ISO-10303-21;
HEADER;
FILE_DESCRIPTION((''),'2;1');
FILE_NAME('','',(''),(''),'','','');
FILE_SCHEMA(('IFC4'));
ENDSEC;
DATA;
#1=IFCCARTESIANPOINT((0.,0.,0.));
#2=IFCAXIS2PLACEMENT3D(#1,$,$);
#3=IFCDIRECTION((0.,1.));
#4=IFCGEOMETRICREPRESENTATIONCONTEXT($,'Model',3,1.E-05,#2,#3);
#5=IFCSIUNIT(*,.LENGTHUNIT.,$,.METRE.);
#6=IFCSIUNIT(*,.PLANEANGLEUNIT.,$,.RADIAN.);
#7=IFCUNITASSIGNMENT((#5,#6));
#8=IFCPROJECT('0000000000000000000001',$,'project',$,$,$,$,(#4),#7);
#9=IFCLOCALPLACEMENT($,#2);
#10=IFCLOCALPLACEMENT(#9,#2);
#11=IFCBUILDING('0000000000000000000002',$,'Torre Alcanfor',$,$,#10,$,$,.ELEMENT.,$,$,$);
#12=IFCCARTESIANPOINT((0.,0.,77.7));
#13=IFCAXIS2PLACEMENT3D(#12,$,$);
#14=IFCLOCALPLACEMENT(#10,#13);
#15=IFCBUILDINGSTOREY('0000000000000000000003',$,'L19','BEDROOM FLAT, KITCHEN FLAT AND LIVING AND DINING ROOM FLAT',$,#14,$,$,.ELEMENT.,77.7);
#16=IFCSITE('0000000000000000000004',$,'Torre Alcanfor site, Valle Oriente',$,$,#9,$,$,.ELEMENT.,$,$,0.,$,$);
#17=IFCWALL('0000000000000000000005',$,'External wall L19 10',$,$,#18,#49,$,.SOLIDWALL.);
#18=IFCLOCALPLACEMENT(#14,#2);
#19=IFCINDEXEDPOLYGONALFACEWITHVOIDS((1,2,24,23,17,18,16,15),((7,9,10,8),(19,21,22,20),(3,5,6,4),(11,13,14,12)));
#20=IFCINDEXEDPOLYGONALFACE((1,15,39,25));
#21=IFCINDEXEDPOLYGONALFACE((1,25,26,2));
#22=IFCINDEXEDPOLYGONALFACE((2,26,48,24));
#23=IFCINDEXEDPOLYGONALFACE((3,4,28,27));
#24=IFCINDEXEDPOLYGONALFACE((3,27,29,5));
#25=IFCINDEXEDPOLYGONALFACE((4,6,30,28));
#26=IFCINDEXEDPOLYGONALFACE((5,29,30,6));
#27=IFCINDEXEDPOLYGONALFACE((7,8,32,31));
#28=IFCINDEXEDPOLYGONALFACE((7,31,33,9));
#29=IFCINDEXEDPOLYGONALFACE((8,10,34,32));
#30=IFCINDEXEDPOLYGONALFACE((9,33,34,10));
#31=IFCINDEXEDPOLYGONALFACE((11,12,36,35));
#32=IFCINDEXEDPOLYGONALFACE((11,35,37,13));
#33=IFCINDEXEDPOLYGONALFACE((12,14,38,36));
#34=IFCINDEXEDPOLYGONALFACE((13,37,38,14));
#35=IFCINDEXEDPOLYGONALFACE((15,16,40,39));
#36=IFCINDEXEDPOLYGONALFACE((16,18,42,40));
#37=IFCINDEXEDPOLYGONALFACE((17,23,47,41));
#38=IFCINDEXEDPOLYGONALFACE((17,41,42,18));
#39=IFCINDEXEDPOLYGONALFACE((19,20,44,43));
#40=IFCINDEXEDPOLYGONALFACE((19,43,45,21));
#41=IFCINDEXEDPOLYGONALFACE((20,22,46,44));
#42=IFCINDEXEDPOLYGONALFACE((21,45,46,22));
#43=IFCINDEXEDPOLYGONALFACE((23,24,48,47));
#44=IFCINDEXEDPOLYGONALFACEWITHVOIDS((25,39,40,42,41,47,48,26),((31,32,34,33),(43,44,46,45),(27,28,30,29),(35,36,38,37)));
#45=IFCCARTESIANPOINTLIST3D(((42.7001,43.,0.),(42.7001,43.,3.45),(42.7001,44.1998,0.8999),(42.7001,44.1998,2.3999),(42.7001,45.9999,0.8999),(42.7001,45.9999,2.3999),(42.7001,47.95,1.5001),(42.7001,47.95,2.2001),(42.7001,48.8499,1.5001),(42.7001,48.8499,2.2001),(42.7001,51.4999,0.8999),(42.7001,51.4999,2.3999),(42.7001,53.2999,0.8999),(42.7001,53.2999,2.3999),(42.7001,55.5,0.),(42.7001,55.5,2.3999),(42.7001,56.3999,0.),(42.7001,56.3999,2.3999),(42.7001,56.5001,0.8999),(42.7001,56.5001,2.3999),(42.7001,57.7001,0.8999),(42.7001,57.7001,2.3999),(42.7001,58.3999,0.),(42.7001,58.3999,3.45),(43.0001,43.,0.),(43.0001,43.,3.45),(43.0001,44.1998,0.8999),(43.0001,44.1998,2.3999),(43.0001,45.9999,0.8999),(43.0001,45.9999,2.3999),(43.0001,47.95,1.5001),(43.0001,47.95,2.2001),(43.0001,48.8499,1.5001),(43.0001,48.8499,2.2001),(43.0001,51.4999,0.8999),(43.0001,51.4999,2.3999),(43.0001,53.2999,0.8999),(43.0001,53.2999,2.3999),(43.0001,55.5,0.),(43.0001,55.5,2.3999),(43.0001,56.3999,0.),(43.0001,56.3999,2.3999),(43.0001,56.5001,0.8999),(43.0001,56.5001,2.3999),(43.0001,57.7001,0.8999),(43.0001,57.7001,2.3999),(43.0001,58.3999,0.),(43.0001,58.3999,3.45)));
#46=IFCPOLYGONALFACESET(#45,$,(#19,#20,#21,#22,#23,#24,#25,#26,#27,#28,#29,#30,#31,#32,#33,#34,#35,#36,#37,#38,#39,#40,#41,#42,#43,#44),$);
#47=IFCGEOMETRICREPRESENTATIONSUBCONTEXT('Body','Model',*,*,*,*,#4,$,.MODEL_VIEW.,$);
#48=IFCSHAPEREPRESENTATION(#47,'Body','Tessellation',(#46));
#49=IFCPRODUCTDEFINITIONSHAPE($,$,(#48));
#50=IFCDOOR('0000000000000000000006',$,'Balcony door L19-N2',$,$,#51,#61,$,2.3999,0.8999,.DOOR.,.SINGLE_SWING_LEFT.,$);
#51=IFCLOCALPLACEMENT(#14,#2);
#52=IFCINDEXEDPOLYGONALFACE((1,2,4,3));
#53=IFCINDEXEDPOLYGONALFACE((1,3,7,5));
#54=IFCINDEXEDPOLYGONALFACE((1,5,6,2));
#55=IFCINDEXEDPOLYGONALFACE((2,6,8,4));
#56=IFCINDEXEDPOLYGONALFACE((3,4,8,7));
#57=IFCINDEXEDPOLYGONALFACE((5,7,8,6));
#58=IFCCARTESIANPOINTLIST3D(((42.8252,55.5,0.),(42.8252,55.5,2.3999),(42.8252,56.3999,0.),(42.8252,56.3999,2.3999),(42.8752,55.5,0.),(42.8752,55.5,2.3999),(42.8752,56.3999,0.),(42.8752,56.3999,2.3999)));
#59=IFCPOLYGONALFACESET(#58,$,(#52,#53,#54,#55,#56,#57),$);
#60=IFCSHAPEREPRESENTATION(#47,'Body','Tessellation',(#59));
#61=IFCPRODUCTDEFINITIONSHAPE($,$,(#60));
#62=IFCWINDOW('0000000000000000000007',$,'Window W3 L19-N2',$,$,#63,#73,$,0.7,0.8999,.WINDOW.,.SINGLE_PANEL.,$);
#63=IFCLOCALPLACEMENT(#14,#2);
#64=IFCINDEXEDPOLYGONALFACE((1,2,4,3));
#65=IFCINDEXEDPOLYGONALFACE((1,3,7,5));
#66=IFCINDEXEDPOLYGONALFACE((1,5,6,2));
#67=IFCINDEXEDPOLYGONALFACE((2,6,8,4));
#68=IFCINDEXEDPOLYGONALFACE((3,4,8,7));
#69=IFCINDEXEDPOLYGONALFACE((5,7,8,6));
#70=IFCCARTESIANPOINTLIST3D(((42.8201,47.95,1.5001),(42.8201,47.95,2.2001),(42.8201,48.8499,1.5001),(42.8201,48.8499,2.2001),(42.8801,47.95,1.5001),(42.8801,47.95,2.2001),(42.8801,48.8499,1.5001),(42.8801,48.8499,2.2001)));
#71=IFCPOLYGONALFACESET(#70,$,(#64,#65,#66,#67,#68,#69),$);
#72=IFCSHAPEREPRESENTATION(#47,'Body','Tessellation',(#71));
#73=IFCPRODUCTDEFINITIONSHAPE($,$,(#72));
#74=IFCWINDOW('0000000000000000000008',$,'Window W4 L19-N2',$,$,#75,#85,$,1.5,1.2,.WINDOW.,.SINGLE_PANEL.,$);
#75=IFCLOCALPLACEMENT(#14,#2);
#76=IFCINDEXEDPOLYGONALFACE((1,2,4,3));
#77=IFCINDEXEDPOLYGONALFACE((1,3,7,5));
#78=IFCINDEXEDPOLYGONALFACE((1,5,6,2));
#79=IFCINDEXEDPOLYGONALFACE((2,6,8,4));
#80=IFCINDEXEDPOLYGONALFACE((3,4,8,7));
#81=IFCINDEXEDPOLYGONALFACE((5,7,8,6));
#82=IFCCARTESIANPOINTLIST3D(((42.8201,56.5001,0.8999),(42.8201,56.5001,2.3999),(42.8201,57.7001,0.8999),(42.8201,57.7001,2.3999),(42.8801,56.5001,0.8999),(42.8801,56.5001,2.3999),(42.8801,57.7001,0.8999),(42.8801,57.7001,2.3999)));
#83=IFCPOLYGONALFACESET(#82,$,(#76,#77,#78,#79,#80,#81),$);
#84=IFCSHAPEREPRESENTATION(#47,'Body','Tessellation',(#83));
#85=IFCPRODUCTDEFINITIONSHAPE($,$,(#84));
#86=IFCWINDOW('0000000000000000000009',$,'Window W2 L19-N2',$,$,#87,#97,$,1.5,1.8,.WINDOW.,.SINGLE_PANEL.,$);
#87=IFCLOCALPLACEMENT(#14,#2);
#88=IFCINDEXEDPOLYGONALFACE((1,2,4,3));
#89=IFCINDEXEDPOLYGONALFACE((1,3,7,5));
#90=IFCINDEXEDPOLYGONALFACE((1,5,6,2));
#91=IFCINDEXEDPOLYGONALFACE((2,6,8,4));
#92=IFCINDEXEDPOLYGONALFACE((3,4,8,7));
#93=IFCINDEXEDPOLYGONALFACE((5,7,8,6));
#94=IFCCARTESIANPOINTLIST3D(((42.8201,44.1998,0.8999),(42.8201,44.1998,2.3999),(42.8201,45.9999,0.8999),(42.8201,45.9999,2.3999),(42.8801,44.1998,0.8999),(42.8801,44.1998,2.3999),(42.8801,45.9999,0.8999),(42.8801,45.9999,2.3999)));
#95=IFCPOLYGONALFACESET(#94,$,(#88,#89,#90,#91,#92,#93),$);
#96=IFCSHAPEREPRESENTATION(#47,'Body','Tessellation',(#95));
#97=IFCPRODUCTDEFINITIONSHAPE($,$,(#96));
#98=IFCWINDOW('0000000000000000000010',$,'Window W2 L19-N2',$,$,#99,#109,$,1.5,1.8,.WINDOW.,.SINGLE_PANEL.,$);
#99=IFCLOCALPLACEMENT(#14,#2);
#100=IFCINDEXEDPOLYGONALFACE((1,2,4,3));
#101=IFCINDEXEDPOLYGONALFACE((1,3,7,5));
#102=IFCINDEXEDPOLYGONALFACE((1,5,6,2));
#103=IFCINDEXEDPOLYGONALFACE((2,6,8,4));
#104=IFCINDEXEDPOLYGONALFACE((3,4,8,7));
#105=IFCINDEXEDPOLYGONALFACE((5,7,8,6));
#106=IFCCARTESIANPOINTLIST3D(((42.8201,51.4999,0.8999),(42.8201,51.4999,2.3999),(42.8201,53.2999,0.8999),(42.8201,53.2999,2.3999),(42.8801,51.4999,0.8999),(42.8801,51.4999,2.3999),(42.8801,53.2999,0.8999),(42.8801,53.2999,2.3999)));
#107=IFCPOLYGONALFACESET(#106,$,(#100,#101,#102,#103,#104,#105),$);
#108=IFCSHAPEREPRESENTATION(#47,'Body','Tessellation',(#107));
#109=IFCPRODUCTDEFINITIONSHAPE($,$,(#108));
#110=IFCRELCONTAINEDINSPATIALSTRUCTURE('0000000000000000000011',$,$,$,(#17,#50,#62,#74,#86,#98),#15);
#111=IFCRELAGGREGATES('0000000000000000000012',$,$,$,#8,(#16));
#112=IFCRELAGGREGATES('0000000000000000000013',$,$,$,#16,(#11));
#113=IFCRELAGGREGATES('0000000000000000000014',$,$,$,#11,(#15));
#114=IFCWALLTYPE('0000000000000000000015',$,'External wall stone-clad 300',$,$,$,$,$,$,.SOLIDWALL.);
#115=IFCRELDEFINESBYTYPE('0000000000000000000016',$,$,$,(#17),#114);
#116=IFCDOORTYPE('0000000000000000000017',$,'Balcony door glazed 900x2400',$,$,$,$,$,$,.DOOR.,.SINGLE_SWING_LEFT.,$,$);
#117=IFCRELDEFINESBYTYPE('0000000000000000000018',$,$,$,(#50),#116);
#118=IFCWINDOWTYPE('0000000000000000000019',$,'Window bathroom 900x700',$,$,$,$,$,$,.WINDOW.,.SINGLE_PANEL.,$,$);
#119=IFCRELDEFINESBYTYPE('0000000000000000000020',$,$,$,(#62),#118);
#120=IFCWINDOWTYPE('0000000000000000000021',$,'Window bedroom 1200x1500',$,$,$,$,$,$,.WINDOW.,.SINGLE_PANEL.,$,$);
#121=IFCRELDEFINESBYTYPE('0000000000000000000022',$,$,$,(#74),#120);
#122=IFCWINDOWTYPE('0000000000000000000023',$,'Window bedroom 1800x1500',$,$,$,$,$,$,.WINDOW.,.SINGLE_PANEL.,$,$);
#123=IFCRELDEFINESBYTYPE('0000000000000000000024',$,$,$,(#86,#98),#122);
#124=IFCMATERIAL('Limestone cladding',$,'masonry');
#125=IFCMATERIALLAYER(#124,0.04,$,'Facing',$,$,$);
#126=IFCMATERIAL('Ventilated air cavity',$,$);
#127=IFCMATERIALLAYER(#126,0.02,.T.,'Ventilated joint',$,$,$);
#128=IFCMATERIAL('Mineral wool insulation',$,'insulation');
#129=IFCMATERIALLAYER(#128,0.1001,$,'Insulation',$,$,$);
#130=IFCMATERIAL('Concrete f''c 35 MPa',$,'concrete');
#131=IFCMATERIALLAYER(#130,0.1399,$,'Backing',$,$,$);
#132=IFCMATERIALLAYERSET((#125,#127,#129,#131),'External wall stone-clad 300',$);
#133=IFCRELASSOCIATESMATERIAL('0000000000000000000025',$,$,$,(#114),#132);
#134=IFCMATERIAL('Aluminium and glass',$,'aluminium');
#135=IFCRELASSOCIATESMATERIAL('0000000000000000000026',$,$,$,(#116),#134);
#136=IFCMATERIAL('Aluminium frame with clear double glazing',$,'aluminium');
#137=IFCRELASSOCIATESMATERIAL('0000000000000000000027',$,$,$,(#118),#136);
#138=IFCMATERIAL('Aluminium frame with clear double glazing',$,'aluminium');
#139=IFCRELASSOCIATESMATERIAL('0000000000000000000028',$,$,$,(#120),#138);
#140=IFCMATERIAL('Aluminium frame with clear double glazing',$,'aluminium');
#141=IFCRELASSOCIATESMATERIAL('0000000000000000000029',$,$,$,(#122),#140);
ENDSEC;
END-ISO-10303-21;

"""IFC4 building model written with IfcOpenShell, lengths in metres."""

from ifc_helpers import new_model, si_unit, direction, frame, frame_2d, origin, place, context, subcontext, project, spatial, rectangle, extrude, material, layer, layer_set, type_object, element, fill, save


model = new_model("IFC4")

# Units and contexts
model_context = context("Model", 3, precision=1e-05, world=origin(), true_north=direction((0.0, 1.0)))
body_context = subcontext(model_context, "Body", "Model", "MODEL_VIEW")
ifc_project = project(units=[si_unit("LENGTHUNIT", "METRE"), si_unit("PLANEANGLEUNIT", "RADIAN")], contexts=[model_context])

# Site, building, storey
site_placement = place(None, origin())
site = spatial("IfcSite", under=ifc_project, at=site_placement, Name="Torre Alcanfor site, Valle Oriente", CompositionType="ELEMENT", RefElevation=0.0)
building_placement = place(site_placement, origin())
building = spatial("IfcBuilding", under=site, at=building_placement, Name="Torre Alcanfor", CompositionType="ELEMENT")
storey_placement = place(building_placement, frame((0.0, 0.0, 77.7)))
storey = spatial("IfcBuildingStorey", under=building, at=storey_placement, Name="L19", Description="BEDROOM FLAT, KITCHEN FLAT AND LIVING AND DINING ROOM FLAT", CompositionType="ELEMENT", Elevation=77.7)

# Wall, openings, door, windows
ifc_material_1 = material(Name="Limestone cladding", Category="masonry")
ifc_layer_1 = layer(ifc_material_1, 0.04, Name="Facing")
ifc_material_2 = material(Name="Ventilated air cavity")
ifc_layer_2 = layer(ifc_material_2, 0.02, ventilated=True, Name="Ventilated joint")
ifc_material_3 = material(Name="Mineral wool insulation", Category="insulation")
ifc_layer_3 = layer(ifc_material_3, 0.1001, Name="Insulation")
ifc_material_4 = material(Name="Concrete f'c 35 MPa", Category="concrete")
ifc_layer_4 = layer(ifc_material_4, 0.1399, Name="Backing")
ifc_layer_set_1 = layer_set([ifc_layer_1, ifc_layer_2, ifc_layer_3, ifc_layer_4], Name="External wall stone-clad 300")
wall_type_1 = type_object("IfcWallType", Name="External wall stone-clad 300", PredefinedType="SOLIDWALL", material=ifc_layer_set_1)
ifc_material_5 = material(Name="Aluminium and glass", Category="aluminium")
door_type = type_object("IfcDoorType", Name="Balcony door glazed 900x2400", OperationType="SINGLE_SWING_LEFT", PredefinedType="DOOR", material=ifc_material_5)
ifc_material_6 = material(Name="Aluminium frame with clear double glazing", Category="aluminium")
window_type_1 = type_object("IfcWindowType", Name="Window bathroom 900x700", PartitioningType="SINGLE_PANEL", PredefinedType="WINDOW", material=ifc_material_6)
ifc_material_7 = material(Name="Aluminium frame with clear double glazing", Category="aluminium")
window_type_2 = type_object("IfcWindowType", Name="Window bedroom 1200x1500", PartitioningType="SINGLE_PANEL", PredefinedType="WINDOW", material=ifc_material_7)
ifc_material_8 = material(Name="Aluminium frame with clear double glazing", Category="aluminium")
window_type_3 = type_object("IfcWindowType", Name="Window bedroom 1800x1500", PartitioningType="SINGLE_PANEL", PredefinedType="WINDOW", material=ifc_material_8)
wall_1_placement = place(storey_placement, frame((42.8501, 43.0, 0.0), z_axis=(0.0, 0.0, 1.0), x_axis=(0.0, 1.0, 0.0)))
wall_1 = element("IfcWall", 1, at=wall_1_placement, inside=storey, type_object=wall_type_1, Name="External wall L19 10", PredefinedType="SOLIDWALL", context=body_context, shape_type="SweptSolid", body=[
    extrude(rectangle(XDim=15.3999, YDim=0.3, at=frame_2d((7.7, 0.0))), origin(), (0.0, 0.0, 1.0), 3.45),
])
opening_1_placement = place(wall_1_placement, frame((1.2, 0.0, 0.8999)))
opening_1 = element("IfcOpeningElement", 2, at=opening_1_placement, cuts=wall_1, PredefinedType="OPENING", context=body_context, shape_type="SweptSolid", body=[
    extrude(rectangle(XDim=1.8, YDim=1.5, at=frame_2d((0.8999, 0.75))), frame((0.0, 0.1599, 0.0), z_axis=(0.0, -1.0, 0.0), x_axis=(1.0, 0.0, 0.0)), (0.0, 0.0, 1.0), 0.3201),
])
opening_2_placement = place(wall_1_placement, frame((4.95, 0.0, 1.5)))
opening_2 = element("IfcOpeningElement", 3, at=opening_2_placement, cuts=wall_1, PredefinedType="OPENING", context=body_context, shape_type="SweptSolid", body=[
    extrude(rectangle(XDim=0.8999, YDim=0.7, at=frame_2d((0.45, 0.3501))), frame((0.0, 0.1599, 0.0), z_axis=(0.0, -1.0, 0.0), x_axis=(1.0, 0.0, 0.0)), (0.0, 0.0, 1.0), 0.3201),
])
opening_3_placement = place(wall_1_placement, frame((8.5, 0.0, 0.8999)))
opening_3 = element("IfcOpeningElement", 4, at=opening_3_placement, cuts=wall_1, PredefinedType="OPENING", context=body_context, shape_type="SweptSolid", body=[
    extrude(rectangle(XDim=1.8, YDim=1.5, at=frame_2d((0.8999, 0.75))), frame((0.0, 0.1599, 0.0), z_axis=(0.0, -1.0, 0.0), x_axis=(1.0, 0.0, 0.0)), (0.0, 0.0, 1.0), 0.3201),
])
opening_4_placement = place(wall_1_placement, frame((12.5, 0.0, 0.0)))
opening_4 = element("IfcOpeningElement", 5, at=opening_4_placement, cuts=wall_1, PredefinedType="OPENING", context=body_context, shape_type="SweptSolid", body=[
    extrude(rectangle(XDim=0.8999, YDim=2.3999, at=frame_2d((0.45, 1.2))), frame((0.0, 0.1599, 0.0), z_axis=(0.0, -1.0, 0.0), x_axis=(1.0, 0.0, 0.0)), (0.0, 0.0, 1.0), 0.3201),
])
opening_5_placement = place(wall_1_placement, frame((13.5, 0.0, 0.8999)))
opening_5 = element("IfcOpeningElement", 6, at=opening_5_placement, cuts=wall_1, PredefinedType="OPENING", context=body_context, shape_type="SweptSolid", body=[
    extrude(rectangle(XDim=1.2, YDim=1.5, at=frame_2d((0.6001, 0.75))), frame((0.0, 0.1599, 0.0), z_axis=(0.0, -1.0, 0.0), x_axis=(1.0, 0.0, 0.0)), (0.0, 0.0, 1.0), 0.3201),
])
door_1_placement = place(opening_4_placement, origin())
door_1 = element("IfcDoor", 7, at=door_1_placement, inside=storey, type_object=door_type, Name="Balcony door L19-N2", OperationType="SINGLE_SWING_LEFT", OverallHeight=2.3999, OverallWidth=0.8999, PredefinedType="DOOR", context=body_context, shape_type="SweptSolid", body=[
    extrude(rectangle(XDim=0.8999, YDim=2.3999, at=frame_2d((0.45, 1.2))), frame((0.0, 0.0249, 0.0), z_axis=(0.0, -1.0, 0.0), x_axis=(1.0, 0.0, 0.0)), (0.0, 0.0, 1.0), 0.05),
])
fill(opening_4, door_1)
window_1_placement = place(opening_2_placement, origin())
window_1 = element("IfcWindow", 8, at=window_1_placement, inside=storey, type_object=window_type_1, Name="Window W3 L19-N2", OverallHeight=0.7, OverallWidth=0.8999, PartitioningType="SINGLE_PANEL", PredefinedType="WINDOW", context=body_context, shape_type="SweptSolid", body=[
    extrude(rectangle(XDim=0.8999, YDim=0.7, at=frame_2d((0.45, 0.3501))), frame((0.0, 0.03, 0.0), z_axis=(0.0, -1.0, 0.0), x_axis=(1.0, 0.0, 0.0)), (0.0, 0.0, 1.0), 0.0601),
])
fill(opening_2, window_1)
window_2_placement = place(opening_5_placement, origin())
window_2 = element("IfcWindow", 9, at=window_2_placement, inside=storey, type_object=window_type_2, Name="Window W4 L19-N2", OverallHeight=1.5, OverallWidth=1.2, PartitioningType="SINGLE_PANEL", PredefinedType="WINDOW", context=body_context, shape_type="SweptSolid", body=[
    extrude(rectangle(XDim=1.2, YDim=1.5, at=frame_2d((0.6001, 0.75))), frame((0.0, 0.03, 0.0), z_axis=(0.0, -1.0, 0.0), x_axis=(1.0, 0.0, 0.0)), (0.0, 0.0, 1.0), 0.0601),
])
fill(opening_5, window_2)
window_3_placement = place(opening_1_placement, origin())
window_3 = element("IfcWindow", 10, at=window_3_placement, inside=storey, type_object=window_type_3, Name="Window W2 L19-N2", OverallHeight=1.5, OverallWidth=1.8, PartitioningType="SINGLE_PANEL", PredefinedType="WINDOW", context=body_context, shape_type="SweptSolid", body=[
    extrude(rectangle(XDim=1.8, YDim=1.5, at=frame_2d((0.8999, 0.75))), frame((0.0, 0.03, 0.0), z_axis=(0.0, -1.0, 0.0), x_axis=(1.0, 0.0, 0.0)), (0.0, 0.0, 1.0), 0.0601),
])
fill(opening_1, window_3)
window_4_placement = place(opening_3_placement, origin())
window_4 = element("IfcWindow", 11, at=window_4_placement, inside=storey, type_object=window_type_3, Name="Window W2 L19-N2", OverallHeight=1.5, OverallWidth=1.8, PartitioningType="SINGLE_PANEL", PredefinedType="WINDOW", context=body_context, shape_type="SweptSolid", body=[
    extrude(rectangle(XDim=1.8, YDim=1.5, at=frame_2d((0.8999, 0.75))), frame((0.0, 0.03, 0.0), z_axis=(0.0, -1.0, 0.0), x_axis=(1.0, 0.0, 0.0)), (0.0, 0.0, 1.0), 0.0601),
])
fill(opening_3, window_4)

save(model, "model.ifc")
